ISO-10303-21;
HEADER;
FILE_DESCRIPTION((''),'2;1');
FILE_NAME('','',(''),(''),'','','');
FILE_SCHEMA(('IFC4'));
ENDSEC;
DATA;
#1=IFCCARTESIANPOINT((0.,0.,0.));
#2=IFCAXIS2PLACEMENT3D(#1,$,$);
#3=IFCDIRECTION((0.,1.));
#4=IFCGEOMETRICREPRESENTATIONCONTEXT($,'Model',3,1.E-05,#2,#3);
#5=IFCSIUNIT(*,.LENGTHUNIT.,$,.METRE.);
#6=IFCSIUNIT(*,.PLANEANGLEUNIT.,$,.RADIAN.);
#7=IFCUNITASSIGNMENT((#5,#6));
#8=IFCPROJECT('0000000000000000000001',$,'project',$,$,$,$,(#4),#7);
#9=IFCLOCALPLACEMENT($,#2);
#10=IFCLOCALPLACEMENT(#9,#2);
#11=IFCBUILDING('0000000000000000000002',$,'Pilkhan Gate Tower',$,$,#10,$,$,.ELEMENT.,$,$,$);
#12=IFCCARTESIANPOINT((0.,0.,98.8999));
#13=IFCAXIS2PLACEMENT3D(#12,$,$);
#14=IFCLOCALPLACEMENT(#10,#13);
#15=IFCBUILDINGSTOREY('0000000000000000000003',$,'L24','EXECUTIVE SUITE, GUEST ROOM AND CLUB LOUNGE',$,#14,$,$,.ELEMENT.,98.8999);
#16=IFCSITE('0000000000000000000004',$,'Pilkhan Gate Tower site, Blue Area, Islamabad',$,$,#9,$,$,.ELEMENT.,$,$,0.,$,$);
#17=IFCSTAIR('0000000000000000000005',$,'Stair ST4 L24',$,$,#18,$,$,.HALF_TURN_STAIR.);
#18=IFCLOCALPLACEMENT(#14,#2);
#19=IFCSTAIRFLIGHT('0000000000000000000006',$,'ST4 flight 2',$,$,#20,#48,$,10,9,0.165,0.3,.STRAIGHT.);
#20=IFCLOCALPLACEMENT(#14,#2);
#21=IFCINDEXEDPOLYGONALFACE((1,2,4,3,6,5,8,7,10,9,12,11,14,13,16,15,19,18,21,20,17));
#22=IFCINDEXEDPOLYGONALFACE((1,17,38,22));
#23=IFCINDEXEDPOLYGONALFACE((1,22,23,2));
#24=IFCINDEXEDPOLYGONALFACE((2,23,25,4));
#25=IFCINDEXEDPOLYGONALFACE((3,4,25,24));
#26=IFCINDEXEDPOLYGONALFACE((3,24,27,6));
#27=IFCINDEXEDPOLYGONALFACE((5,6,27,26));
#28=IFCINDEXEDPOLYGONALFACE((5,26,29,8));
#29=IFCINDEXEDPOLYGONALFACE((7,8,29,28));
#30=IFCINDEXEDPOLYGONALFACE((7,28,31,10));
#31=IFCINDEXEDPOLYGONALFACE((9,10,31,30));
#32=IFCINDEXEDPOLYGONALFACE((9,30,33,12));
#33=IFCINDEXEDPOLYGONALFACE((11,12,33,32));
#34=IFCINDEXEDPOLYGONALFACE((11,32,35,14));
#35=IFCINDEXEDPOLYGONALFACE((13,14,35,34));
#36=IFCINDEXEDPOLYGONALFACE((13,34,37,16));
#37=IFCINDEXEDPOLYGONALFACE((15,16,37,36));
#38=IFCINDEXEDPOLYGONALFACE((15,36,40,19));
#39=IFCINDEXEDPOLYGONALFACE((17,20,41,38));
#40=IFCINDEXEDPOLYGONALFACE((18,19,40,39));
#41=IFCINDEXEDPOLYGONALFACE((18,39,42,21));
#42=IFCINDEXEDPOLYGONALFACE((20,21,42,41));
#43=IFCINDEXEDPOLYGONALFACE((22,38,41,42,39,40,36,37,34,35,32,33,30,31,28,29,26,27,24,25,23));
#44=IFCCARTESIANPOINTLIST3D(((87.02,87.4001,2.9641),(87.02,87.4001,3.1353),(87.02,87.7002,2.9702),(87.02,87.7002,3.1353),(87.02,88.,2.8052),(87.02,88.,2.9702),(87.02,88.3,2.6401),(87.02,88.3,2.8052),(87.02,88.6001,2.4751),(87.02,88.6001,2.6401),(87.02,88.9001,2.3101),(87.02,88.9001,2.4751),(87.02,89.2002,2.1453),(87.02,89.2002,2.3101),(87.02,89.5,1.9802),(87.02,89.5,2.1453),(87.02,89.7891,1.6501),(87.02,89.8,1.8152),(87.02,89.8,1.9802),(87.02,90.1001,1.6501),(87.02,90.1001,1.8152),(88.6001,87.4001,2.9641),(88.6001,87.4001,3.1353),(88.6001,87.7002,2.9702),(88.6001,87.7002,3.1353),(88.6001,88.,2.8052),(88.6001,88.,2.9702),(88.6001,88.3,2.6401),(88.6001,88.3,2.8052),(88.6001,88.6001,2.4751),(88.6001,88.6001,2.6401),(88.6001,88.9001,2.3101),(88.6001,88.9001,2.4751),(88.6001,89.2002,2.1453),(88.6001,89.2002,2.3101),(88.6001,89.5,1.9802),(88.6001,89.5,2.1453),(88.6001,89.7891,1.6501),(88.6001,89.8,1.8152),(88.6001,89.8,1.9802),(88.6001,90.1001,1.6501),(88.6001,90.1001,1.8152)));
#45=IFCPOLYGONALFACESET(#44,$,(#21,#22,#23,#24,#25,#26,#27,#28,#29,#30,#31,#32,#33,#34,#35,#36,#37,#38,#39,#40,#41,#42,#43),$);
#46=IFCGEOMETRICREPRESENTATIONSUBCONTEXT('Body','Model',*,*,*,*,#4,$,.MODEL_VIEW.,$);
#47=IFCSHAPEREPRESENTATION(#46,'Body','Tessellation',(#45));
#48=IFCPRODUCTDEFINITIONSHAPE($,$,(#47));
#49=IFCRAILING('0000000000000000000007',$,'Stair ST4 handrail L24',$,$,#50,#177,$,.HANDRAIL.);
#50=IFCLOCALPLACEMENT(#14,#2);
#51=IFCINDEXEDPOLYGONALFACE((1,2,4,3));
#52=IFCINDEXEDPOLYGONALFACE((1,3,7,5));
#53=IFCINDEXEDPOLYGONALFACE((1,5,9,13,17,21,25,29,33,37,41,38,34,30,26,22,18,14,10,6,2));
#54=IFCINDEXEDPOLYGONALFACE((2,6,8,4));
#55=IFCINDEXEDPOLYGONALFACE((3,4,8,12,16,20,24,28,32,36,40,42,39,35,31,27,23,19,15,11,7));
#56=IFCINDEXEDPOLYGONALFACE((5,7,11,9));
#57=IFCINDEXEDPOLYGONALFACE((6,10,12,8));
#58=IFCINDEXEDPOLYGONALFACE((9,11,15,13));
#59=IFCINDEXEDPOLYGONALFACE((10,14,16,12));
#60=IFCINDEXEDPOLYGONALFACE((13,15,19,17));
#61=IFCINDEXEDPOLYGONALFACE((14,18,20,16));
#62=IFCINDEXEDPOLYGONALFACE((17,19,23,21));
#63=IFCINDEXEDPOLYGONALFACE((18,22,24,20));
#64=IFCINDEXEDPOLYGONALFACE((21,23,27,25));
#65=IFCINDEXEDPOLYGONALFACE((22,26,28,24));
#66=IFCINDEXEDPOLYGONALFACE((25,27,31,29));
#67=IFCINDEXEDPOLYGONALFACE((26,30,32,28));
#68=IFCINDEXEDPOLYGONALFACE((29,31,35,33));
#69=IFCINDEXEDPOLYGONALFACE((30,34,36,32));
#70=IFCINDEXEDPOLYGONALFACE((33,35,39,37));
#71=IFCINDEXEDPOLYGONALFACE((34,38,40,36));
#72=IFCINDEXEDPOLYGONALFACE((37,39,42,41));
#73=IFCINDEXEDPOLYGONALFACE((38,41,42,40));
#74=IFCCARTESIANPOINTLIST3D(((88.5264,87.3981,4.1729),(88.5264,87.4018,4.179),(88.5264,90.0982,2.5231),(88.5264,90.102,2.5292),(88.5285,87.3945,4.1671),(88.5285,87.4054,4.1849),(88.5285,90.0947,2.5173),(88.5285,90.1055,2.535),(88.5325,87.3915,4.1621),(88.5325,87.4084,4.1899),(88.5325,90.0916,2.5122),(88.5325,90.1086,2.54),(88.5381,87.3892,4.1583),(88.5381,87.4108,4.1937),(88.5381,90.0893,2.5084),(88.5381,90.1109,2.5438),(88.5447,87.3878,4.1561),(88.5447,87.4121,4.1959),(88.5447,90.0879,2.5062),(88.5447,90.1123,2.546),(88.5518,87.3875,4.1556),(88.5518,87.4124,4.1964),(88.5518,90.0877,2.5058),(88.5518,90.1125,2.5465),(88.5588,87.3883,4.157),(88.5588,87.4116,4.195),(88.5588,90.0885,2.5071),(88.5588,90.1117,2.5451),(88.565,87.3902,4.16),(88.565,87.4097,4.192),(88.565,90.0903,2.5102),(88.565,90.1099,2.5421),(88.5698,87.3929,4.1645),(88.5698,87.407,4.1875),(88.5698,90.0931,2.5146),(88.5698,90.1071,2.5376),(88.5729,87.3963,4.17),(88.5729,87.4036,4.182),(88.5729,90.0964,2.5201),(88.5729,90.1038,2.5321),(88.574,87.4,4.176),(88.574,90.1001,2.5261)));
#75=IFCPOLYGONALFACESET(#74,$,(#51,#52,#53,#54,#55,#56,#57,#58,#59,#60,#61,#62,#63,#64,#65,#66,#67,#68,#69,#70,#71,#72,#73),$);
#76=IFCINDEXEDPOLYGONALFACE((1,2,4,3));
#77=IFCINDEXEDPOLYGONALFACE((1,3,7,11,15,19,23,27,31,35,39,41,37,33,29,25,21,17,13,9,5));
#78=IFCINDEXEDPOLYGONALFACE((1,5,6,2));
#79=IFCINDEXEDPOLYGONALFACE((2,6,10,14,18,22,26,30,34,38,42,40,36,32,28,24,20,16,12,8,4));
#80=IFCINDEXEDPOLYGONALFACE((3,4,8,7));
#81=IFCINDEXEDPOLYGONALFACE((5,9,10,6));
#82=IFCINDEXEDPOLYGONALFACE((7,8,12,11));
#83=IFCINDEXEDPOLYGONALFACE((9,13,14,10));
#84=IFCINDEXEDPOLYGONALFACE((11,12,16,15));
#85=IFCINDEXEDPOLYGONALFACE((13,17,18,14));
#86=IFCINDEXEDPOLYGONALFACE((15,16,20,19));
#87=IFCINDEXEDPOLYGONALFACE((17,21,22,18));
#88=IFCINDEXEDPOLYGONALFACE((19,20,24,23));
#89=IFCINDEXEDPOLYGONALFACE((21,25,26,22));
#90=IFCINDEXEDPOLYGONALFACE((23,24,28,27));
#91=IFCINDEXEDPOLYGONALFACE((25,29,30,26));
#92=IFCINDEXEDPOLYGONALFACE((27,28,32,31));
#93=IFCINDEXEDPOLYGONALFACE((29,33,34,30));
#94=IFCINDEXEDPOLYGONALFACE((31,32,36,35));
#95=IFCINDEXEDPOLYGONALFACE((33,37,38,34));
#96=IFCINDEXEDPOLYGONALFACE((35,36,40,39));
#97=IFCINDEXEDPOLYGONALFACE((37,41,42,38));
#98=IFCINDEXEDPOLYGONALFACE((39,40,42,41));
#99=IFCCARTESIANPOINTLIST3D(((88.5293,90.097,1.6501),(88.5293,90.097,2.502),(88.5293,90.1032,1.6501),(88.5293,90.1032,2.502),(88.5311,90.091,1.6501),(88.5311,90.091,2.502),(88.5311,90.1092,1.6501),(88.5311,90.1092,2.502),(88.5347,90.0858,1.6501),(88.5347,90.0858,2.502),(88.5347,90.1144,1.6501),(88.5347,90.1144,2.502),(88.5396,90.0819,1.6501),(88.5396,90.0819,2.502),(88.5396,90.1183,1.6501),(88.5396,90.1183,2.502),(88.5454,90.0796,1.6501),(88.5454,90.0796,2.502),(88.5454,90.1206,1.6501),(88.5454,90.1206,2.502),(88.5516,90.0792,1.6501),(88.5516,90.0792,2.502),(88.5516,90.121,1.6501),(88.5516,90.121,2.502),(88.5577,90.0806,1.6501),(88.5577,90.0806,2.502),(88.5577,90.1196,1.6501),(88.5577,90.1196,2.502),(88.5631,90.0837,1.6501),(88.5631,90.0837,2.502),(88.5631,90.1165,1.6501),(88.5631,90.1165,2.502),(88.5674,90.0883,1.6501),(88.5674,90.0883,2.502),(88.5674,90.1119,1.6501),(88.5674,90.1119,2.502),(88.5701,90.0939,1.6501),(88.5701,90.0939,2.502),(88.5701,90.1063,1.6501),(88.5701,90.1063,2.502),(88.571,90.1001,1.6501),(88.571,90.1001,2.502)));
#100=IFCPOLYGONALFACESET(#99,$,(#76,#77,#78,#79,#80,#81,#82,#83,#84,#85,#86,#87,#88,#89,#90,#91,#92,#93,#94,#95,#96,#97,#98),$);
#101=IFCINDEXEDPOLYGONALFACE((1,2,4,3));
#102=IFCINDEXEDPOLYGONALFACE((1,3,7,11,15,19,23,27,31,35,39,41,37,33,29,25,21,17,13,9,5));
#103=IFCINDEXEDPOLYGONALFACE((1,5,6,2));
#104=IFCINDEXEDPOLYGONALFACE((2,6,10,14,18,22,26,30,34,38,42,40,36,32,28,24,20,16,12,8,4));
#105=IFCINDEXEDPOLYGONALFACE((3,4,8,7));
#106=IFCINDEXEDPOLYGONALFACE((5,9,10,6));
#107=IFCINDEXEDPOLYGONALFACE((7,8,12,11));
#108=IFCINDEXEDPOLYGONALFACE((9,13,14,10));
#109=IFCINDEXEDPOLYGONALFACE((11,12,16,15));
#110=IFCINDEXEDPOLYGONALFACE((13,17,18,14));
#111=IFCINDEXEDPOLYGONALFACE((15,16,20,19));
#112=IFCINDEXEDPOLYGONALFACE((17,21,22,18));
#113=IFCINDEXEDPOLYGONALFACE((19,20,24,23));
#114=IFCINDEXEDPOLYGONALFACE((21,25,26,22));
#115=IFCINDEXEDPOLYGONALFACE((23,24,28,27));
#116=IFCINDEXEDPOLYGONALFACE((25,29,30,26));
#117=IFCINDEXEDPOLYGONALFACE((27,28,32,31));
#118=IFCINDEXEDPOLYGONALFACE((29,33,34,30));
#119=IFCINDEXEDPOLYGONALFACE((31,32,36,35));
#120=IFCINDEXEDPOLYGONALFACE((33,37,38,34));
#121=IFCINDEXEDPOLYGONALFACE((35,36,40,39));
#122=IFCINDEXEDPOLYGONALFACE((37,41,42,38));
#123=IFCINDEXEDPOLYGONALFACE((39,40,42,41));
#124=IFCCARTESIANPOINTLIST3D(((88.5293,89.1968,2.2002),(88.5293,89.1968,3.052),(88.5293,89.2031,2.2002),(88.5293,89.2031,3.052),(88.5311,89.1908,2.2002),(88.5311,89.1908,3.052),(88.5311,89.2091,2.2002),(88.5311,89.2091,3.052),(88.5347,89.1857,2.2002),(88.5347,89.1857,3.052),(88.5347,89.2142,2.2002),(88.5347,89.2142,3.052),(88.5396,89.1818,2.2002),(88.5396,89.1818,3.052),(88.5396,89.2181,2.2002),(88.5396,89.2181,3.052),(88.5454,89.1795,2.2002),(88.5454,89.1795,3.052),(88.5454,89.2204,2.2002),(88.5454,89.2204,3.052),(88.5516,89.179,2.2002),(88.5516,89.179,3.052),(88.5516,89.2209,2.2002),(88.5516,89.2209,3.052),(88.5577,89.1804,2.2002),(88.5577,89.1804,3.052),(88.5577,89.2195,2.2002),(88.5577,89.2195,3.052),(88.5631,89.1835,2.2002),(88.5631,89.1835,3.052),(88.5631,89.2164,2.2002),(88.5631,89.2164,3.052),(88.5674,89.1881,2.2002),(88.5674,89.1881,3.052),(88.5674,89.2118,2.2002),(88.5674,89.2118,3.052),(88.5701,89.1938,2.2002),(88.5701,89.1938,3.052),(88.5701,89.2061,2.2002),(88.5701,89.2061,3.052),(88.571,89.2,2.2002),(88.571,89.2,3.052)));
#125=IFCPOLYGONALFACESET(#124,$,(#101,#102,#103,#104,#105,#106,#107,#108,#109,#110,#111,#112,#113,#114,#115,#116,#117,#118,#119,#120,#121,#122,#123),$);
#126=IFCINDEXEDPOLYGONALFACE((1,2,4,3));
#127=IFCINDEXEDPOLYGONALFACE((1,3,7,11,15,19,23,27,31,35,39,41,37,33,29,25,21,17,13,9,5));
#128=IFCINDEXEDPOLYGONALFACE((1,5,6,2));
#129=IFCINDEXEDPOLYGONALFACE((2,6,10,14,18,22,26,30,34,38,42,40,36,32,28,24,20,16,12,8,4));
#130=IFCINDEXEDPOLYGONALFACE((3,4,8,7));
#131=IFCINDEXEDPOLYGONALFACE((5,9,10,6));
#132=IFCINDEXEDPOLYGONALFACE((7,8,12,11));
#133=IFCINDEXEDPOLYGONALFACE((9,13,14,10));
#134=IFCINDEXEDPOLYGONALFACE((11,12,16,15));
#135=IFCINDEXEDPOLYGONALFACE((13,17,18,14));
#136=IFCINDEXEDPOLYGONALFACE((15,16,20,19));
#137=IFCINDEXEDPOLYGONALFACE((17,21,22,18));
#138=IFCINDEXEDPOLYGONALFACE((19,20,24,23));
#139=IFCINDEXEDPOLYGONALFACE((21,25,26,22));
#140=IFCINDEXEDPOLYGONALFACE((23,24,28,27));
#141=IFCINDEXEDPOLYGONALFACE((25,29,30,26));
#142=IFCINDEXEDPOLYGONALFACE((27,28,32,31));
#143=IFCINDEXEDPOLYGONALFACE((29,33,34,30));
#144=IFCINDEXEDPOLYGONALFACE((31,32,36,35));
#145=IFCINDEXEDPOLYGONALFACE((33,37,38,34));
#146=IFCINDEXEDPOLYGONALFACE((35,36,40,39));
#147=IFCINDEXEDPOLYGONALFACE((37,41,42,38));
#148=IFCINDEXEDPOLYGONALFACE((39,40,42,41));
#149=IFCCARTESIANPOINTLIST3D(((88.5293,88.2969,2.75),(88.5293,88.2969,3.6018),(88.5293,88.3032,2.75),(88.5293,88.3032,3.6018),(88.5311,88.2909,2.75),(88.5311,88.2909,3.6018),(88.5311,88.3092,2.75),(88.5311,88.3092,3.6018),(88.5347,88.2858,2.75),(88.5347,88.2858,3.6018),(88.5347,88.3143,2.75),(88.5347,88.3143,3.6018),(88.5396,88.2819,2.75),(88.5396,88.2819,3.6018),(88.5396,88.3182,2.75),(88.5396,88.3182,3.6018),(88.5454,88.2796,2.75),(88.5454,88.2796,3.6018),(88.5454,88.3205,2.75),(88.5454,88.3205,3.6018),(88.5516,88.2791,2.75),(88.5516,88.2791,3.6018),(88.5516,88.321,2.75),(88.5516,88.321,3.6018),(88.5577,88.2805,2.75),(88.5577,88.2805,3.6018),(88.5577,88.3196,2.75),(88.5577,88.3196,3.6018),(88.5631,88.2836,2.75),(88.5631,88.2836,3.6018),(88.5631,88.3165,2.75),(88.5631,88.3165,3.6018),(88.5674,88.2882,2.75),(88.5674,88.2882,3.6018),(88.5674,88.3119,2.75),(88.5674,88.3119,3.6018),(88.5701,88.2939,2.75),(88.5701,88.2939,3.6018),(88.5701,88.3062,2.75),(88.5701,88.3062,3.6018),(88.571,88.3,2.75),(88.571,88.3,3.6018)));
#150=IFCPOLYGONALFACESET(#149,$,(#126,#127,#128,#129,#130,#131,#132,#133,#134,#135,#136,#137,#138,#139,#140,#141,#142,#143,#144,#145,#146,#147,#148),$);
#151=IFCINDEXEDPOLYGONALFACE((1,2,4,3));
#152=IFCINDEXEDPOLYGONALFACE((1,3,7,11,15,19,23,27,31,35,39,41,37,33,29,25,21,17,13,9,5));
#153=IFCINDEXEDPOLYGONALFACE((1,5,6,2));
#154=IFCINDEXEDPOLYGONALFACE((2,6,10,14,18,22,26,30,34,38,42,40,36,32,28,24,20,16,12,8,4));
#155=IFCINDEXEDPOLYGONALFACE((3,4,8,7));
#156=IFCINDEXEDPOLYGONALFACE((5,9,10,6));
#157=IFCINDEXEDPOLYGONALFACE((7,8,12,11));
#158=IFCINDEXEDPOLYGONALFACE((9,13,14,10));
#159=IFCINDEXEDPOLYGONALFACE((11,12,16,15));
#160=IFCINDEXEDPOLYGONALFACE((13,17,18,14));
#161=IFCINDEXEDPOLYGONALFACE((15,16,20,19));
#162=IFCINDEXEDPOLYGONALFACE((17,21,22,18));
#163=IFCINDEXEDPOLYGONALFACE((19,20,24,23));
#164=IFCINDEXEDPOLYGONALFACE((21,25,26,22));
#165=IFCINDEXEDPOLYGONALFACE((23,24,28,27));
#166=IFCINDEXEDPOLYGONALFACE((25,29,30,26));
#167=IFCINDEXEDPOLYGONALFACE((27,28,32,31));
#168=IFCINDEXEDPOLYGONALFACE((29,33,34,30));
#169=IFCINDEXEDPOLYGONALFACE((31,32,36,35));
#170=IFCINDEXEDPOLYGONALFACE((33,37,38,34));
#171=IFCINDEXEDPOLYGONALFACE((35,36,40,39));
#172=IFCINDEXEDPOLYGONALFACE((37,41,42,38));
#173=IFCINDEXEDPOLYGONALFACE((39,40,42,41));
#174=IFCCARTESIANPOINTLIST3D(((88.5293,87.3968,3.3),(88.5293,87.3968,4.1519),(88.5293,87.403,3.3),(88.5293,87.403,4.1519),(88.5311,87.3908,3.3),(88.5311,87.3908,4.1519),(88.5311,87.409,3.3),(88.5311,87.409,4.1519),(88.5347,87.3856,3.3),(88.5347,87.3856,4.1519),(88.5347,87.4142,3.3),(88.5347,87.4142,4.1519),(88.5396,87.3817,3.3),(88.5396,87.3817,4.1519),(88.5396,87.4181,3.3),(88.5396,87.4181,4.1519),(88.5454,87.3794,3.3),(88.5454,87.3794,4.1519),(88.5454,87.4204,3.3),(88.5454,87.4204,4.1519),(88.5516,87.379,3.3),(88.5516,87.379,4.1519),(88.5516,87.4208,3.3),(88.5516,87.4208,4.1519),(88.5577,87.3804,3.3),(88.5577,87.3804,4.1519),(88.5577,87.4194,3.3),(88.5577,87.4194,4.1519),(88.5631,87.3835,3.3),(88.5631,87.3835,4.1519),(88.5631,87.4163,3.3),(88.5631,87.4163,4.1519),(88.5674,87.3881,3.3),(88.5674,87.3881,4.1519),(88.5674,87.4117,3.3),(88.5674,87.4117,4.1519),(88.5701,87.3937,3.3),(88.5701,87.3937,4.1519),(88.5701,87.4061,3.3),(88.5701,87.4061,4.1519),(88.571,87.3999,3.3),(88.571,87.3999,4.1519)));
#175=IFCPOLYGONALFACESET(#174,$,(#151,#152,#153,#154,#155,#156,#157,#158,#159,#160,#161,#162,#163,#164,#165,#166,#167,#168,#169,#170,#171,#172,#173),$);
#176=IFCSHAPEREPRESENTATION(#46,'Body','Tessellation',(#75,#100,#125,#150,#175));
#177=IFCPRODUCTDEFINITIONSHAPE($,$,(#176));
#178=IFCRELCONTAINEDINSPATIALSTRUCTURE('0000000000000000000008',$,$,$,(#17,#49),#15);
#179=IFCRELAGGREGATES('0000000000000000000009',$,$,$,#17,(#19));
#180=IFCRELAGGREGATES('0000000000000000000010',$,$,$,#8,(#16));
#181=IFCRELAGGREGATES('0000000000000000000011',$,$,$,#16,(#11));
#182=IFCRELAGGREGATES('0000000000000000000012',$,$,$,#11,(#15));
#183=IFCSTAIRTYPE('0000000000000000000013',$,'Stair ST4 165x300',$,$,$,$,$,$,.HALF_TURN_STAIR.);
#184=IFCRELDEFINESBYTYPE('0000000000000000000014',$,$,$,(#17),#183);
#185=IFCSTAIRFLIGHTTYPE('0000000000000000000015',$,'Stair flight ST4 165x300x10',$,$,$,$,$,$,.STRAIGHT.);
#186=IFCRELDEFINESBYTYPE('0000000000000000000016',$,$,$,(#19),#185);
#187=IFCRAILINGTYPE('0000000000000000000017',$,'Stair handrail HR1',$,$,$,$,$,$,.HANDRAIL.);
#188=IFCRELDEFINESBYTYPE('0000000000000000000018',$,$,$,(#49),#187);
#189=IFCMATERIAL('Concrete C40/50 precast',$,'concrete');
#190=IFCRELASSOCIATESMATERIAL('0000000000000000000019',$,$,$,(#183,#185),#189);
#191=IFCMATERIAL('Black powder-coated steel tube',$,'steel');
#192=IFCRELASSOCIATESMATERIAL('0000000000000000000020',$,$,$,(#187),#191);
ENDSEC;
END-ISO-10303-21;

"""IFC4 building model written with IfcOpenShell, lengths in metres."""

from ifc_helpers import new_model, si_unit, direction, frame, origin, origin_2d, place, context, subcontext, project, spatial, polyline, circle, outline, extrude, material, type_object, element, aggregate, save


model = new_model("IFC4")

# Units and contexts
model_context = context("Model", 3, precision=1e-05, world=origin(), true_north=direction((0.0, 1.0)))
body_context = subcontext(model_context, "Body", "Model", "MODEL_VIEW")
ifc_project = project(units=[si_unit("LENGTHUNIT", "METRE"), si_unit("PLANEANGLEUNIT", "RADIAN")], contexts=[model_context])

# Site, building, storey
site_placement = place(None, origin())
site = spatial("IfcSite", under=ifc_project, at=site_placement, Name="Pilkhan Gate Tower site, Blue Area, Islamabad", CompositionType="ELEMENT", RefElevation=0.0)
building_placement = place(site_placement, origin())
building = spatial("IfcBuilding", under=site, at=building_placement, Name="Pilkhan Gate Tower", CompositionType="ELEMENT")
storey_placement = place(building_placement, frame((0.0, 0.0, 98.8999)))
storey = spatial("IfcBuildingStorey", under=building, at=storey_placement, Name="L24", Description="EXECUTIVE SUITE, GUEST ROOM AND CLUB LOUNGE", CompositionType="ELEMENT", Elevation=98.8999)

# Stair, stair flight
ifc_material_1 = material(Name="Concrete C40/50 precast", Category="concrete")
stair_type = type_object("IfcStairType", Name="Stair ST4 165x300", PredefinedType="HALF_TURN_STAIR", material=ifc_material_1)
stair_placement = place(storey_placement, origin())
stair = element("IfcStair", 1, at=stair_placement, inside=storey, type_object=stair_type, Name="Stair ST4 L24", PredefinedType="HALF_TURN_STAIR")
stair_flight_type = type_object("IfcStairFlightType", Name="Stair flight ST4 165x300x10", PredefinedType="STRAIGHT", material=ifc_material_1)
stair_flight_placement = place(storey_placement, frame((87.8101, 90.1001, 1.6501), z_axis=(0.0, 0.0, 1.0), x_axis=(0.0, -1.0, 0.0)))
stair_flight = element("IfcStairFlight", 2, at=stair_flight_placement, type_object=stair_flight_type, Name="ST4 flight 2", NumberOfRisers=10, NumberOfTreads=9, PredefinedType="STRAIGHT", RiserHeight=0.165, TreadLength=0.3, context=body_context, shape_type="SweptSolid", body=[
    extrude(outline(polyline([(0.0, 0.0), (0.0, 0.165), (0.3, 0.165), (0.3, 0.3301), (0.6001, 0.3301), (0.6001, 0.4951), (0.8999, 0.4951), (0.8999, 0.6599), (1.2, 0.6599), (1.2, 0.825), (1.5, 0.825), (1.5, 0.99), (1.8, 0.99), (1.8, 1.155), (2.1001, 1.155), (2.1001, 1.3201), (2.3999, 1.3201), (2.3999, 1.4851), (2.7, 1.4851), (2.7, 1.6499), (2.7, 1.314), (0.311, 0.0), (0.0, 0.0)])), frame((0.0, 0.79, 0.0), z_axis=(0.0, -1.0, 0.0), x_axis=(1.0, 0.0, 0.0)), (0.0, 0.0, 1.0), 1.5801),
])
aggregate(stair, [stair_flight])

# Railing
ifc_material_2 = material(Name="Black powder-coated steel tube", Category="steel")
railing_type_1 = type_object("IfcRailingType", Name="Stair handrail HR1", PredefinedType="HANDRAIL", material=ifc_material_2)
railing_1_placement = place(storey_placement, frame((88.55, 90.1001, 1.6501)))
element("IfcRailing", 3, at=railing_1_placement, inside=storey, type_object=railing_type_1, Name="Stair ST4 handrail L24", PredefinedType="HANDRAIL", context=body_context, shape_type="SweptSolid", body=[
    extrude(circle(Radius=0.0239, at=origin_2d()), frame((0.0, 0.0, 0.876), z_axis=(0.0, -0.853312, 0.5214), x_axis=(1.0, 0.0, 0.0)), (0.0, 0.0, 1.0), 3.1643),
    extrude(circle(Radius=0.021, at=origin_2d()), origin(), (0.0, 0.0, 1.0), 0.8518),
    extrude(circle(Radius=0.021, at=origin_2d()), frame((0.0, -0.9001, 0.55)), (0.0, 0.0, 1.0), 0.8518),
    extrude(circle(Radius=0.021, at=origin_2d()), frame((0.0, -1.8, 1.0999)), (0.0, 0.0, 1.0), 0.8518),
    extrude(circle(Radius=0.021, at=origin_2d()), frame((0.0, -2.7002, 1.6499)), (0.0, 0.0, 1.0), 0.8518),
])

save(model, "model.ifc")
